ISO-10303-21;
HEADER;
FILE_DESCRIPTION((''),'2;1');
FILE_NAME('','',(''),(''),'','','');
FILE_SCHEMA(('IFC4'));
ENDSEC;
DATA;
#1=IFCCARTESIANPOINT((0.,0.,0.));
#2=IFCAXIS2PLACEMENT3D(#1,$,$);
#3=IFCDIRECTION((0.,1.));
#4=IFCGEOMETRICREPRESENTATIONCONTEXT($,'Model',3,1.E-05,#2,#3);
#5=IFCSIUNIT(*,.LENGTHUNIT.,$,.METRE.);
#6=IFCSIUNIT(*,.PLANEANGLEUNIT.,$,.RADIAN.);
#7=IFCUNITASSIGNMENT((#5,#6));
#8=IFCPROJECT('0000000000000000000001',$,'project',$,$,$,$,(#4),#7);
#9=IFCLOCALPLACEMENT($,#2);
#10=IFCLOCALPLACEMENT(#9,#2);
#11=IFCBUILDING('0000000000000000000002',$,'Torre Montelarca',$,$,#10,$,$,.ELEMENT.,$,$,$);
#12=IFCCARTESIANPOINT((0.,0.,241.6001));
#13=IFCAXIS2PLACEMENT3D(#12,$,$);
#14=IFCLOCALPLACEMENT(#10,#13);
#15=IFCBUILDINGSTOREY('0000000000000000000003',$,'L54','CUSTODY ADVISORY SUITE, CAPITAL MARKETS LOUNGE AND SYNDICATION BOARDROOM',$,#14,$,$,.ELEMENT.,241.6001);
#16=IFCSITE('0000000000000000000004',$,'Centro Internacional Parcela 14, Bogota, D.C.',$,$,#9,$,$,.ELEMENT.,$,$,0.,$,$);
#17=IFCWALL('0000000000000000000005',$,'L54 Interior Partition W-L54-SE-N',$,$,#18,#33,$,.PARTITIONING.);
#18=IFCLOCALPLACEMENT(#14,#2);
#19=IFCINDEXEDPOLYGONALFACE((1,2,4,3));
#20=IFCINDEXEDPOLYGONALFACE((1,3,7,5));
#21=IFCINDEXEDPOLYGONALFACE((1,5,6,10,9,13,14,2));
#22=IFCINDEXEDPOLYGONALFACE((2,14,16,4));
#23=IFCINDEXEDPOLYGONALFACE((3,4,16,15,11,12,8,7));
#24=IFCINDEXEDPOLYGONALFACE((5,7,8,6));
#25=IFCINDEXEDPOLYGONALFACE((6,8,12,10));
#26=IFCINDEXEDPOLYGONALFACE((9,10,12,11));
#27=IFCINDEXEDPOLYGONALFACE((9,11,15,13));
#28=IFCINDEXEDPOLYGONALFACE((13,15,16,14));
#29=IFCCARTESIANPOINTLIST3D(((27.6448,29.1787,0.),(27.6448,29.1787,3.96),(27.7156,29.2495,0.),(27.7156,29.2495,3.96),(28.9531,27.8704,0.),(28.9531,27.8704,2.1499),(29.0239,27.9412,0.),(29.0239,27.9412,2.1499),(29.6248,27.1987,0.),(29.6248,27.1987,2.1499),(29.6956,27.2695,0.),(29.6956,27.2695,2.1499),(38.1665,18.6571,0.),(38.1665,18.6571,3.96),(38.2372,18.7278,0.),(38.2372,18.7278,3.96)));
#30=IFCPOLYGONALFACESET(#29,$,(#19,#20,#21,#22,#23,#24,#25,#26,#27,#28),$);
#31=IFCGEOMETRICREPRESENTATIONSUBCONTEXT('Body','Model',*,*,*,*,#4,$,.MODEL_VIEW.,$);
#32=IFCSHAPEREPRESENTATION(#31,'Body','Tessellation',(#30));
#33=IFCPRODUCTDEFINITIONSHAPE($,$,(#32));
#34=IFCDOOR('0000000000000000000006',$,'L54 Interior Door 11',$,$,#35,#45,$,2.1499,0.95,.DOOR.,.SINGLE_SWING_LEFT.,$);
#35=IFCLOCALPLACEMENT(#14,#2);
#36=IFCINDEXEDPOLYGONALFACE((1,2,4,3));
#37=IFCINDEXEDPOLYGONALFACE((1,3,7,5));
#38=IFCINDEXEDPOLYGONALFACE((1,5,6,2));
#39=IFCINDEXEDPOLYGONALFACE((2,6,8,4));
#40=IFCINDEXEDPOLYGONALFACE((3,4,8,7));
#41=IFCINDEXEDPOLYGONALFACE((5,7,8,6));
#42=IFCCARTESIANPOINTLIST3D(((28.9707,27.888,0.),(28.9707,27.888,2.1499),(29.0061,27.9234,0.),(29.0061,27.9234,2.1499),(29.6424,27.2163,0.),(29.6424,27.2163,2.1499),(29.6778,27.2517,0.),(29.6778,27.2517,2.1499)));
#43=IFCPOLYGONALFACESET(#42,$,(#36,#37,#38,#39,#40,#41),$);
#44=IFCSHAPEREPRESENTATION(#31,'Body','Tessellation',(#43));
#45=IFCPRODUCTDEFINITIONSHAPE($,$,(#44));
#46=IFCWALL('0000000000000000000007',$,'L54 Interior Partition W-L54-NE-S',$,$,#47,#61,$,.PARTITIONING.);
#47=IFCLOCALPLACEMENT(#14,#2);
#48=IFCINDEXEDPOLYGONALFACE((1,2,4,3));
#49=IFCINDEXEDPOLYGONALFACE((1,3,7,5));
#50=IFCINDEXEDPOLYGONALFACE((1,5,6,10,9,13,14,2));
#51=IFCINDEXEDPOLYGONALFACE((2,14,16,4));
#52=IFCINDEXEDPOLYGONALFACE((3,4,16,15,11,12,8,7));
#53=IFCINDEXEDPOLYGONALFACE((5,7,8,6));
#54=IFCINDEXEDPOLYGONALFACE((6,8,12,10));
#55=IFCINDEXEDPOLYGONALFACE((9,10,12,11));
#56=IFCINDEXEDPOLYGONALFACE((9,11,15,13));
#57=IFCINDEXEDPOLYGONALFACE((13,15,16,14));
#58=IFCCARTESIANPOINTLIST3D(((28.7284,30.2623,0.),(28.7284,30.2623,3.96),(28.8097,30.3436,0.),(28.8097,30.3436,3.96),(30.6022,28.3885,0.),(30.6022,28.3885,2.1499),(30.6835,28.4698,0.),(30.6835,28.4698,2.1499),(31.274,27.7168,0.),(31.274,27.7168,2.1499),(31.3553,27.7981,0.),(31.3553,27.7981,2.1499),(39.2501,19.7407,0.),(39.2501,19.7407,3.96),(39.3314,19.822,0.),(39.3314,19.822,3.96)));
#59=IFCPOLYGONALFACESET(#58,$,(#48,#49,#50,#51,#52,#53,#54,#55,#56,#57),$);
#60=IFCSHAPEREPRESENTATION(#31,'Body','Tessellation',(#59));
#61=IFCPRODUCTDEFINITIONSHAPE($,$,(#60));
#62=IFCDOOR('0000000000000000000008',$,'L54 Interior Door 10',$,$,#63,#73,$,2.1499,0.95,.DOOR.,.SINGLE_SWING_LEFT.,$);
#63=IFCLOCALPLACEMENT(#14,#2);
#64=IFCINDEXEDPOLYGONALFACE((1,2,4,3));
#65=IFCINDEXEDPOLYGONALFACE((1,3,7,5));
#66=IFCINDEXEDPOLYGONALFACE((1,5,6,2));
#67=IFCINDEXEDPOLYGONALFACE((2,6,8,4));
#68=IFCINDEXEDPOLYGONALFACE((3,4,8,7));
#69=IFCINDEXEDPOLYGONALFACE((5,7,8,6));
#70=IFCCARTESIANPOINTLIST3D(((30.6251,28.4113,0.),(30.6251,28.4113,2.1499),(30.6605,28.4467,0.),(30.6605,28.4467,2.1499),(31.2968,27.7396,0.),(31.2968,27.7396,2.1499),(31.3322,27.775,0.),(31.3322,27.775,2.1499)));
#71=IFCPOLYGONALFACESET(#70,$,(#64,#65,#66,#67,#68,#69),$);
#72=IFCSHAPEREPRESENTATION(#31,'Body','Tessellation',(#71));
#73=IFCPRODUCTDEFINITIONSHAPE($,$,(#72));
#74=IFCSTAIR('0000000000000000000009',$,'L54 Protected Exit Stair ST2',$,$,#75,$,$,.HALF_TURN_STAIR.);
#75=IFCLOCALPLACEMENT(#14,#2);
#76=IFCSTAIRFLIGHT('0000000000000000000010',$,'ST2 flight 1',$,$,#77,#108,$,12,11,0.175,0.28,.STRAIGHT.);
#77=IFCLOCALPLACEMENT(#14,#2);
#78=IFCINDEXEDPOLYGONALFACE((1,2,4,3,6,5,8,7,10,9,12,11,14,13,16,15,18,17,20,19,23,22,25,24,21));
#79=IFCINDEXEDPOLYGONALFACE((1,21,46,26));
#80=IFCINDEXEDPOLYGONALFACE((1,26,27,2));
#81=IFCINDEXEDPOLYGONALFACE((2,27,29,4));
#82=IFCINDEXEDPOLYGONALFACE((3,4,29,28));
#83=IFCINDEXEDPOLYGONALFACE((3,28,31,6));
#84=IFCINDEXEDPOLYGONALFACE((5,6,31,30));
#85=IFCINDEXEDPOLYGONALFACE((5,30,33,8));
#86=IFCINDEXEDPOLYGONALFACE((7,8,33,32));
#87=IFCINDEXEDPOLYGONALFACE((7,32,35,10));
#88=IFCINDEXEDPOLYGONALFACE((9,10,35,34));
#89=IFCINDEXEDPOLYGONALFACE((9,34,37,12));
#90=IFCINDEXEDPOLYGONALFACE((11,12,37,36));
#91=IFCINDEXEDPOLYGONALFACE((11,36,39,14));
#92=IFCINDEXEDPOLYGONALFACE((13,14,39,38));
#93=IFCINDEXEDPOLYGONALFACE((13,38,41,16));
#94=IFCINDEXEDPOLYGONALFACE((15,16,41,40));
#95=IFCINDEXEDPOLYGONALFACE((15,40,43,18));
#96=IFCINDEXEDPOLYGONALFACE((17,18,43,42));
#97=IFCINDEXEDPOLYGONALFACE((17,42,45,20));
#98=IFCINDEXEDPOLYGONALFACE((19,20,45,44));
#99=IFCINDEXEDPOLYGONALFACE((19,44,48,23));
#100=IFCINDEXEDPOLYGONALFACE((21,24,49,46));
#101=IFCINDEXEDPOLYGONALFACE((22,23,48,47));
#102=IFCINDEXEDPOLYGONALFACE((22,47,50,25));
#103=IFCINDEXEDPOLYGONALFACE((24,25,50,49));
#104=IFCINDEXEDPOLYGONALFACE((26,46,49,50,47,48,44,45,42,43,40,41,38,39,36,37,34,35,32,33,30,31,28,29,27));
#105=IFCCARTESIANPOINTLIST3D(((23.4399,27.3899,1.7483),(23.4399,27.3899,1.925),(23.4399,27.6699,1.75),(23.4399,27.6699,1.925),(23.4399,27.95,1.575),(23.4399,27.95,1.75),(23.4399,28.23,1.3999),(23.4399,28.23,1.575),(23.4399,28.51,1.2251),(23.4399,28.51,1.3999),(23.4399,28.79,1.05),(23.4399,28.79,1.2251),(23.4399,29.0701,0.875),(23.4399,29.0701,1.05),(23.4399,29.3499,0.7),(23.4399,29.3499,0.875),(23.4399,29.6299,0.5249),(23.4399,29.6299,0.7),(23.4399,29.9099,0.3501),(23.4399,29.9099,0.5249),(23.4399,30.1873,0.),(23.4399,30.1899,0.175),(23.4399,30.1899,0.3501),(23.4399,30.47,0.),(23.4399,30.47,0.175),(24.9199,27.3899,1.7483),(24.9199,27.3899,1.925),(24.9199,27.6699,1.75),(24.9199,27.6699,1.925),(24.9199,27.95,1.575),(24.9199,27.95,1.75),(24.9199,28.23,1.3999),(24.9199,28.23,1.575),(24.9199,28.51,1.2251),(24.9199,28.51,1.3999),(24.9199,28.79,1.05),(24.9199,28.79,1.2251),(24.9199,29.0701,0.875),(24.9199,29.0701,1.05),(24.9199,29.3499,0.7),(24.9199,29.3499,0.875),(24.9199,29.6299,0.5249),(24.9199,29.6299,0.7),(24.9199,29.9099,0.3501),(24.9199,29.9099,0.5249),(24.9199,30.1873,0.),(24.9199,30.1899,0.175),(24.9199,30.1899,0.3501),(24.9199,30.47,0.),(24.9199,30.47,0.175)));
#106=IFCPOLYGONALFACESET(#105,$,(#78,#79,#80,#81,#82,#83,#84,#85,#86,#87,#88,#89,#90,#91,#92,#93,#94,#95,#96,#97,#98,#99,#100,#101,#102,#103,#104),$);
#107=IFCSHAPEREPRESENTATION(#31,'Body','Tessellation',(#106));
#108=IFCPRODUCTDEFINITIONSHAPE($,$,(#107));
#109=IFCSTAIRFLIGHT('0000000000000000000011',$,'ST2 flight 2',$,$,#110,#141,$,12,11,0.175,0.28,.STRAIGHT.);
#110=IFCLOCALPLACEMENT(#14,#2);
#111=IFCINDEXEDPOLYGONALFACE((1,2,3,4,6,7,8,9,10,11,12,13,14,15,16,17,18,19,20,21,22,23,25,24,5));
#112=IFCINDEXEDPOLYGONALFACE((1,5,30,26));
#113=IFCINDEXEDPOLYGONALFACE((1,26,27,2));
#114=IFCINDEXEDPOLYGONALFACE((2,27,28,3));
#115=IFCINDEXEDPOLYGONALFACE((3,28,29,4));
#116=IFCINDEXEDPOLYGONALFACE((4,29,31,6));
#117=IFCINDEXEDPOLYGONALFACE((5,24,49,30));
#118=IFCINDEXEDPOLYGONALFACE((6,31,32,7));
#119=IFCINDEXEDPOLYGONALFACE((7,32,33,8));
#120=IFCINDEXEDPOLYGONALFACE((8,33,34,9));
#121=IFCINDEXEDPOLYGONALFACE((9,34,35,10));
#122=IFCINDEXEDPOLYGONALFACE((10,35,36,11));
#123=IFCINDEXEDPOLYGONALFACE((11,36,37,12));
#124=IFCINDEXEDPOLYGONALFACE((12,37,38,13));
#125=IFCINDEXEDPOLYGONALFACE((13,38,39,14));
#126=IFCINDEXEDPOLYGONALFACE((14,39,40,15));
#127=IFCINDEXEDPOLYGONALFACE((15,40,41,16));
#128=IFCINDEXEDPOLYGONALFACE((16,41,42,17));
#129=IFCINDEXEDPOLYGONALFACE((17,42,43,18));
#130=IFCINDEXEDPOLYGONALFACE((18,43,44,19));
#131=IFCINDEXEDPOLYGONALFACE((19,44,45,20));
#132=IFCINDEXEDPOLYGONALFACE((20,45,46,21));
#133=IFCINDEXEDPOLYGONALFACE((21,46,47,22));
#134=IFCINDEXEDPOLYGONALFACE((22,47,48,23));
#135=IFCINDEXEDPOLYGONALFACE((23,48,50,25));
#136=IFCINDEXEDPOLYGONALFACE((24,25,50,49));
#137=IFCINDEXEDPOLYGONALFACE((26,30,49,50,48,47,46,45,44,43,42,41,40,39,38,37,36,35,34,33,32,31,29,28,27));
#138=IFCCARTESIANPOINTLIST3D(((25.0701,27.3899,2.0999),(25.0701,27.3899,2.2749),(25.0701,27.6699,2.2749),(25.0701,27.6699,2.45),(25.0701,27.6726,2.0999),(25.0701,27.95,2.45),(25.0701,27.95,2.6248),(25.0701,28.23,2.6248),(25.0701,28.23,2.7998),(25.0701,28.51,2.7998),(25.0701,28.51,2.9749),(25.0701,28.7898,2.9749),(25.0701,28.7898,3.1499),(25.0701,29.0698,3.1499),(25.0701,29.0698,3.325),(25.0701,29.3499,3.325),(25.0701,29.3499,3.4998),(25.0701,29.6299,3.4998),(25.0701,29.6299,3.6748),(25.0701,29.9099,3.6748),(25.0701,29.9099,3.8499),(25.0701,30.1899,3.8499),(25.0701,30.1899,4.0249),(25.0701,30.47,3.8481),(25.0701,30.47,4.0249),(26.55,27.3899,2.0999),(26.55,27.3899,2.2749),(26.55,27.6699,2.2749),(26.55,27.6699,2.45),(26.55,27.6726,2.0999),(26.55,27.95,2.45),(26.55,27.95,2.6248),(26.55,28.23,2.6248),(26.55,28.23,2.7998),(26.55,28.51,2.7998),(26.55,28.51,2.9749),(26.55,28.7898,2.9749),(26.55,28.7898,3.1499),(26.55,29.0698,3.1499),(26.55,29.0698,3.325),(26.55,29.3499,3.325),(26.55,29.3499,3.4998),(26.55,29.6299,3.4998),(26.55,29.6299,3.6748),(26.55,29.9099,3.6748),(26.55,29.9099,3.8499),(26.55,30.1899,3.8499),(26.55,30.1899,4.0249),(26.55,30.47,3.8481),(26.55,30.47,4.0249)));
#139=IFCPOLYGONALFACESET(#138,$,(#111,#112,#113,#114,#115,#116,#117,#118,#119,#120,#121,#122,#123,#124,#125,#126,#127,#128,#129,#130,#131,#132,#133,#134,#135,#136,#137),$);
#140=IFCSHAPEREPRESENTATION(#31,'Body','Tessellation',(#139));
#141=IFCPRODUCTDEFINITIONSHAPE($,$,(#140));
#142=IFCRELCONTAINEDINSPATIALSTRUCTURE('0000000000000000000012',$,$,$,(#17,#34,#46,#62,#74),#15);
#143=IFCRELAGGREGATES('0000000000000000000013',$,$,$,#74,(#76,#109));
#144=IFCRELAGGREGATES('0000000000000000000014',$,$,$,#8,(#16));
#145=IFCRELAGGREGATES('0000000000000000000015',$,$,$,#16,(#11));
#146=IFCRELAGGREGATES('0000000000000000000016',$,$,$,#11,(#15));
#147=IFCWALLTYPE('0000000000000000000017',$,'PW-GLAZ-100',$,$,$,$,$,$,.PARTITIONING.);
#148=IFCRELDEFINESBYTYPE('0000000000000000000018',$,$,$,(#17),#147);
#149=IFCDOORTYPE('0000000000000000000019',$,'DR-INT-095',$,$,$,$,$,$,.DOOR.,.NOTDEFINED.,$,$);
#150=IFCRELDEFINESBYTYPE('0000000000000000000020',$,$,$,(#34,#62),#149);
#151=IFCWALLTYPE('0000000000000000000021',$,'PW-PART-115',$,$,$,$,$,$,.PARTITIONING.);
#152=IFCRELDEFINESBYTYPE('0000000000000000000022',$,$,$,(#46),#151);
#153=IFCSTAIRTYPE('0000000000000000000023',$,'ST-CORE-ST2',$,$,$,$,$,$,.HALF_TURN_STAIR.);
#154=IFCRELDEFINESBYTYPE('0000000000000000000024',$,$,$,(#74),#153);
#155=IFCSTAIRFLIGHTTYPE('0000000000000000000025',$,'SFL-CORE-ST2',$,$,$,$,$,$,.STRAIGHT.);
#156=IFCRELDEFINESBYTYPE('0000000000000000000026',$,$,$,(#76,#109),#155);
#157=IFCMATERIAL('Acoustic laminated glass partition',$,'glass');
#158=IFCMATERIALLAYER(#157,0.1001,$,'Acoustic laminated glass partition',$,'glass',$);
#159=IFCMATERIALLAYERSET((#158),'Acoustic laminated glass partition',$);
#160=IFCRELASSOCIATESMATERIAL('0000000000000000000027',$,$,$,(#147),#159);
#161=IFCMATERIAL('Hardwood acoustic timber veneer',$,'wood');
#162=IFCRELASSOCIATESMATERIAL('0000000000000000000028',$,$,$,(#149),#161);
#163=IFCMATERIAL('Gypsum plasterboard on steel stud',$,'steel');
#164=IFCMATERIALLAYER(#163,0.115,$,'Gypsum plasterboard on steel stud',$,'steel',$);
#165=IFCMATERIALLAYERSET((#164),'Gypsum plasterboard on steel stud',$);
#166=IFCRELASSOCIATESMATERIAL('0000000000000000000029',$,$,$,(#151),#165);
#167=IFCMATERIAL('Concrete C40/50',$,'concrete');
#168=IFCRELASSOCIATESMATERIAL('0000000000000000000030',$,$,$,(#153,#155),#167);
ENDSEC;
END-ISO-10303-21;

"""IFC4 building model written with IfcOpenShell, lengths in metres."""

from ifc_helpers import new_model, si_unit, direction, frame, frame_2d, origin, place, context, subcontext, project, spatial, polyline, rectangle, outline, extrude, source, transform, mapped, material, layer, layer_set, type_object, element, fill, aggregate, save


model = new_model("IFC4")

# Units and contexts
model_context = context("Model", 3, precision=1e-05, world=origin(), true_north=direction((0.0, 1.0)))
body_context = subcontext(model_context, "Body", "Model", "MODEL_VIEW")
ifc_project = project(units=[si_unit("LENGTHUNIT", "METRE"), si_unit("PLANEANGLEUNIT", "RADIAN")], contexts=[model_context])

# Site, building, storey
site_placement = place(None, origin())
site = spatial("IfcSite", under=ifc_project, at=site_placement, Name="Centro Internacional Parcela 14, Bogota, D.C.", CompositionType="ELEMENT", RefElevation=0.0)
building_placement = place(site_placement, origin())
building = spatial("IfcBuilding", under=site, at=building_placement, Name="Torre Montelarca", CompositionType="ELEMENT")
storey_placement = place(building_placement, frame((0.0, 0.0, 241.6001)))
storey = spatial("IfcBuildingStorey", under=building, at=storey_placement, Name="L54", Description="CUSTODY ADVISORY SUITE, CAPITAL MARKETS LOUNGE AND SYNDICATION BOARDROOM", CompositionType="ELEMENT", Elevation=241.6001)

# Shared definitions
ifc_material_1 = material(Name="Concrete C40/50", Category="concrete")

# Shared definitions
ifc_material_2 = material(Name="Gypsum plasterboard on steel stud", Category="steel")

# Walls, openings, doors
ifc_material_3 = material(Name="Acoustic laminated glass partition", Category="glass")
ifc_layer_1 = layer(ifc_material_3, 0.1001, Name="Acoustic laminated glass partition", Category="glass")
ifc_layer_set_1 = layer_set([ifc_layer_1], Name="Acoustic laminated glass partition")
wall_type_1 = type_object("IfcWallType", Name="PW-GLAZ-100", PredefinedType="PARTITIONING", material=ifc_layer_set_1)
wall_1_placement = place(storey_placement, frame((27.6802, 29.2141, 0.0), z_axis=(0.0, 0.0, 1.0), x_axis=(0.707107, -0.707107, 0.0)))
wall_1 = element("IfcWall", 1, at=wall_1_placement, inside=storey, type_object=wall_type_1, Name="L54 Interior Partition W-L54-SE-N", PredefinedType="PARTITIONING", context=body_context, shape_type="SweptSolid", body=[
    extrude(rectangle(XDim=14.8799, YDim=0.1001, at=frame_2d((7.4399, 0.0))), origin(), (0.0, 0.0, 1.0), 3.96),
])
opening_1_placement = place(wall_1_placement, frame((1.8501, 0.0, 0.0)))
opening_1 = element("IfcOpeningElement", 2, at=opening_1_placement, cuts=wall_1, PredefinedType="OPENING", context=body_context, shape_type="SweptSolid", body=[
    extrude(rectangle(XDim=0.95, YDim=2.1499, at=frame_2d((0.4751, 1.075))), frame((0.0, 0.0601, 0.0), z_axis=(0.0, -1.0, 0.0), x_axis=(1.0, 0.0, 0.0)), (0.0, 0.0, 1.0), 0.1201),
])
ifc_material_4 = material(Name="Hardwood acoustic timber veneer", Category="wood")
door_type_1 = type_object("IfcDoorType", Name="DR-INT-095", OperationType="NOTDEFINED", PredefinedType="DOOR", material=ifc_material_4)
shared_shape_1 = source(origin(), body_context, "Body", "SweptSolid", [
    extrude(rectangle(XDim=0.95, YDim=2.1499, at=frame_2d((0.4751, 1.075))), frame((0.0, 0.0249, 0.0), z_axis=(0.0, -1.0, 0.0), x_axis=(1.0, 0.0, 0.0)), (0.0, 0.0, 1.0), 0.05),
])
door_1_placement = place(opening_1_placement, origin())
door_1 = element("IfcDoor", 3, at=door_1_placement, inside=storey, type_object=door_type_1, Name="L54 Interior Door 11", OperationType="SINGLE_SWING_LEFT", OverallHeight=2.1499, OverallWidth=0.95, PredefinedType="DOOR", context=body_context, shape_type="MappedRepresentation", body=[
    mapped(shared_shape_1, transform((0.0, 0.0, 0.0), scale=1.0)),
])
fill(opening_1, door_1)
ifc_layer_2 = layer(ifc_material_2, 0.115, Name="Gypsum plasterboard on steel stud", Category="steel")
ifc_layer_set_2 = layer_set([ifc_layer_2], Name="Gypsum plasterboard on steel stud")
wall_type_2 = type_object("IfcWallType", Name="PW-PART-115", PredefinedType="PARTITIONING", material=ifc_layer_set_2)
wall_2_placement = place(storey_placement, frame((28.769, 30.303, 0.0), z_axis=(0.0, 0.0, 1.0), x_axis=(0.707107, -0.707107, 0.0)))
wall_2 = element("IfcWall", 4, at=wall_2_placement, inside=storey, type_object=wall_type_2, Name="L54 Interior Partition W-L54-NE-S", PredefinedType="PARTITIONING", context=body_context, shape_type="SweptSolid", body=[
    extrude(rectangle(XDim=14.8799, YDim=0.115, at=frame_2d((7.4399, 0.0))), origin(), (0.0, 0.0, 1.0), 3.96),
])
opening_2_placement = place(wall_2_placement, frame((2.6499, 0.0, 0.0)))
opening_2 = element("IfcOpeningElement", 5, at=opening_2_placement, cuts=wall_2, PredefinedType="OPENING", context=body_context, shape_type="SweptSolid", body=[
    extrude(rectangle(XDim=0.95, YDim=2.1499, at=frame_2d((0.4751, 1.075))), frame((0.0, 0.0674, 0.0), z_axis=(0.0, -1.0, 0.0), x_axis=(1.0, 0.0, 0.0)), (0.0, 0.0, 1.0), 0.135),
])
door_2_placement = place(opening_2_placement, origin())
door_2 = element("IfcDoor", 6, at=door_2_placement, inside=storey, type_object=door_type_1, Name="L54 Interior Door 10", OperationType="SINGLE_SWING_LEFT", OverallHeight=2.1499, OverallWidth=0.95, PredefinedType="DOOR", context=body_context, shape_type="MappedRepresentation", body=[
    mapped(shared_shape_1, transform((0.0, 0.0, 0.0), scale=1.0)),
])
fill(opening_2, door_2)

# Stair, stair flights
stair_type = type_object("IfcStairType", Name="ST-CORE-ST2", PredefinedType="HALF_TURN_STAIR", material=ifc_material_1)
stair_placement = place(storey_placement, origin())
stair = element("IfcStair", 7, at=stair_placement, inside=storey, type_object=stair_type, Name="L54 Protected Exit Stair ST2", PredefinedType="HALF_TURN_STAIR")
stair_flight_type = type_object("IfcStairFlightType", Name="SFL-CORE-ST2", PredefinedType="STRAIGHT", material=ifc_material_1)
stair_flight_1_placement = place(storey_placement, frame((24.1799, 30.47, 0.0), z_axis=(0.0, 0.0, 1.0), x_axis=(0.0, -1.0, 0.0)))
stair_flight_1 = element("IfcStairFlight", 8, at=stair_flight_1_placement, type_object=stair_flight_type, Name="ST2 flight 1", NumberOfRisers=12, NumberOfTreads=11, PredefinedType="STRAIGHT", RiserHeight=0.175, TreadLength=0.28, context=body_context, shape_type="SweptSolid", body=[
    extrude(outline(polyline([(0.0, 0.0), (0.0, 0.175), (0.28, 0.175), (0.28, 0.3501), (0.5601, 0.3501), (0.5601, 0.5249), (0.8401, 0.5249), (0.8401, 0.7), (1.1201, 0.7), (1.1201, 0.875), (1.3999, 0.875), (1.3999, 1.05), (1.6799, 1.05), (1.6799, 1.2251), (1.96, 1.2251), (1.96, 1.3999), (2.24, 1.3999), (2.24, 1.575), (2.52, 1.575), (2.52, 1.75), (2.8, 1.75), (2.8, 1.925), (3.0801, 1.925), (3.0801, 2.1001), (3.0801, 1.7483), (0.2827, 0.0), (0.0, 0.0)])), frame((0.0, 0.74, 0.0), z_axis=(0.0, -1.0, 0.0), x_axis=(1.0, 0.0, 0.0)), (0.0, 0.0, 1.0), 1.48),
])
stair_flight_2_placement = place(storey_placement, frame((25.8101, 27.3899, 2.0999), z_axis=(0.0, 0.0, 1.0), x_axis=(0.0, 1.0, 0.0)))
stair_flight_2 = element("IfcStairFlight", 9, at=stair_flight_2_placement, type_object=stair_flight_type, Name="ST2 flight 2", NumberOfRisers=12, NumberOfTreads=11, PredefinedType="STRAIGHT", RiserHeight=0.175, TreadLength=0.28, context=body_context, shape_type="SweptSolid", body=[
    extrude(outline(polyline([(0.0, 0.0), (0.0, 0.175), (0.28, 0.175), (0.28, 0.3501), (0.5601, 0.3501), (0.5601, 0.5249), (0.8401, 0.5249), (0.8401, 0.7), (1.1201, 0.7), (1.1201, 0.875), (1.3999, 0.875), (1.3999, 1.05), (1.6799, 1.05), (1.6799, 1.2251), (1.96, 1.2251), (1.96, 1.3999), (2.24, 1.3999), (2.24, 1.575), (2.52, 1.575), (2.52, 1.75), (2.8, 1.75), (2.8, 1.925), (3.0801, 1.925), (3.0801, 2.1001), (3.0801, 1.7483), (0.2827, 0.0), (0.0, 0.0)])), frame((0.0, 0.74, 0.0), z_axis=(0.0, -1.0, 0.0), x_axis=(1.0, 0.0, 0.0)), (0.0, 0.0, 1.0), 1.48),
])
aggregate(stair, [stair_flight_1, stair_flight_2])

save(model, "model.ifc")
